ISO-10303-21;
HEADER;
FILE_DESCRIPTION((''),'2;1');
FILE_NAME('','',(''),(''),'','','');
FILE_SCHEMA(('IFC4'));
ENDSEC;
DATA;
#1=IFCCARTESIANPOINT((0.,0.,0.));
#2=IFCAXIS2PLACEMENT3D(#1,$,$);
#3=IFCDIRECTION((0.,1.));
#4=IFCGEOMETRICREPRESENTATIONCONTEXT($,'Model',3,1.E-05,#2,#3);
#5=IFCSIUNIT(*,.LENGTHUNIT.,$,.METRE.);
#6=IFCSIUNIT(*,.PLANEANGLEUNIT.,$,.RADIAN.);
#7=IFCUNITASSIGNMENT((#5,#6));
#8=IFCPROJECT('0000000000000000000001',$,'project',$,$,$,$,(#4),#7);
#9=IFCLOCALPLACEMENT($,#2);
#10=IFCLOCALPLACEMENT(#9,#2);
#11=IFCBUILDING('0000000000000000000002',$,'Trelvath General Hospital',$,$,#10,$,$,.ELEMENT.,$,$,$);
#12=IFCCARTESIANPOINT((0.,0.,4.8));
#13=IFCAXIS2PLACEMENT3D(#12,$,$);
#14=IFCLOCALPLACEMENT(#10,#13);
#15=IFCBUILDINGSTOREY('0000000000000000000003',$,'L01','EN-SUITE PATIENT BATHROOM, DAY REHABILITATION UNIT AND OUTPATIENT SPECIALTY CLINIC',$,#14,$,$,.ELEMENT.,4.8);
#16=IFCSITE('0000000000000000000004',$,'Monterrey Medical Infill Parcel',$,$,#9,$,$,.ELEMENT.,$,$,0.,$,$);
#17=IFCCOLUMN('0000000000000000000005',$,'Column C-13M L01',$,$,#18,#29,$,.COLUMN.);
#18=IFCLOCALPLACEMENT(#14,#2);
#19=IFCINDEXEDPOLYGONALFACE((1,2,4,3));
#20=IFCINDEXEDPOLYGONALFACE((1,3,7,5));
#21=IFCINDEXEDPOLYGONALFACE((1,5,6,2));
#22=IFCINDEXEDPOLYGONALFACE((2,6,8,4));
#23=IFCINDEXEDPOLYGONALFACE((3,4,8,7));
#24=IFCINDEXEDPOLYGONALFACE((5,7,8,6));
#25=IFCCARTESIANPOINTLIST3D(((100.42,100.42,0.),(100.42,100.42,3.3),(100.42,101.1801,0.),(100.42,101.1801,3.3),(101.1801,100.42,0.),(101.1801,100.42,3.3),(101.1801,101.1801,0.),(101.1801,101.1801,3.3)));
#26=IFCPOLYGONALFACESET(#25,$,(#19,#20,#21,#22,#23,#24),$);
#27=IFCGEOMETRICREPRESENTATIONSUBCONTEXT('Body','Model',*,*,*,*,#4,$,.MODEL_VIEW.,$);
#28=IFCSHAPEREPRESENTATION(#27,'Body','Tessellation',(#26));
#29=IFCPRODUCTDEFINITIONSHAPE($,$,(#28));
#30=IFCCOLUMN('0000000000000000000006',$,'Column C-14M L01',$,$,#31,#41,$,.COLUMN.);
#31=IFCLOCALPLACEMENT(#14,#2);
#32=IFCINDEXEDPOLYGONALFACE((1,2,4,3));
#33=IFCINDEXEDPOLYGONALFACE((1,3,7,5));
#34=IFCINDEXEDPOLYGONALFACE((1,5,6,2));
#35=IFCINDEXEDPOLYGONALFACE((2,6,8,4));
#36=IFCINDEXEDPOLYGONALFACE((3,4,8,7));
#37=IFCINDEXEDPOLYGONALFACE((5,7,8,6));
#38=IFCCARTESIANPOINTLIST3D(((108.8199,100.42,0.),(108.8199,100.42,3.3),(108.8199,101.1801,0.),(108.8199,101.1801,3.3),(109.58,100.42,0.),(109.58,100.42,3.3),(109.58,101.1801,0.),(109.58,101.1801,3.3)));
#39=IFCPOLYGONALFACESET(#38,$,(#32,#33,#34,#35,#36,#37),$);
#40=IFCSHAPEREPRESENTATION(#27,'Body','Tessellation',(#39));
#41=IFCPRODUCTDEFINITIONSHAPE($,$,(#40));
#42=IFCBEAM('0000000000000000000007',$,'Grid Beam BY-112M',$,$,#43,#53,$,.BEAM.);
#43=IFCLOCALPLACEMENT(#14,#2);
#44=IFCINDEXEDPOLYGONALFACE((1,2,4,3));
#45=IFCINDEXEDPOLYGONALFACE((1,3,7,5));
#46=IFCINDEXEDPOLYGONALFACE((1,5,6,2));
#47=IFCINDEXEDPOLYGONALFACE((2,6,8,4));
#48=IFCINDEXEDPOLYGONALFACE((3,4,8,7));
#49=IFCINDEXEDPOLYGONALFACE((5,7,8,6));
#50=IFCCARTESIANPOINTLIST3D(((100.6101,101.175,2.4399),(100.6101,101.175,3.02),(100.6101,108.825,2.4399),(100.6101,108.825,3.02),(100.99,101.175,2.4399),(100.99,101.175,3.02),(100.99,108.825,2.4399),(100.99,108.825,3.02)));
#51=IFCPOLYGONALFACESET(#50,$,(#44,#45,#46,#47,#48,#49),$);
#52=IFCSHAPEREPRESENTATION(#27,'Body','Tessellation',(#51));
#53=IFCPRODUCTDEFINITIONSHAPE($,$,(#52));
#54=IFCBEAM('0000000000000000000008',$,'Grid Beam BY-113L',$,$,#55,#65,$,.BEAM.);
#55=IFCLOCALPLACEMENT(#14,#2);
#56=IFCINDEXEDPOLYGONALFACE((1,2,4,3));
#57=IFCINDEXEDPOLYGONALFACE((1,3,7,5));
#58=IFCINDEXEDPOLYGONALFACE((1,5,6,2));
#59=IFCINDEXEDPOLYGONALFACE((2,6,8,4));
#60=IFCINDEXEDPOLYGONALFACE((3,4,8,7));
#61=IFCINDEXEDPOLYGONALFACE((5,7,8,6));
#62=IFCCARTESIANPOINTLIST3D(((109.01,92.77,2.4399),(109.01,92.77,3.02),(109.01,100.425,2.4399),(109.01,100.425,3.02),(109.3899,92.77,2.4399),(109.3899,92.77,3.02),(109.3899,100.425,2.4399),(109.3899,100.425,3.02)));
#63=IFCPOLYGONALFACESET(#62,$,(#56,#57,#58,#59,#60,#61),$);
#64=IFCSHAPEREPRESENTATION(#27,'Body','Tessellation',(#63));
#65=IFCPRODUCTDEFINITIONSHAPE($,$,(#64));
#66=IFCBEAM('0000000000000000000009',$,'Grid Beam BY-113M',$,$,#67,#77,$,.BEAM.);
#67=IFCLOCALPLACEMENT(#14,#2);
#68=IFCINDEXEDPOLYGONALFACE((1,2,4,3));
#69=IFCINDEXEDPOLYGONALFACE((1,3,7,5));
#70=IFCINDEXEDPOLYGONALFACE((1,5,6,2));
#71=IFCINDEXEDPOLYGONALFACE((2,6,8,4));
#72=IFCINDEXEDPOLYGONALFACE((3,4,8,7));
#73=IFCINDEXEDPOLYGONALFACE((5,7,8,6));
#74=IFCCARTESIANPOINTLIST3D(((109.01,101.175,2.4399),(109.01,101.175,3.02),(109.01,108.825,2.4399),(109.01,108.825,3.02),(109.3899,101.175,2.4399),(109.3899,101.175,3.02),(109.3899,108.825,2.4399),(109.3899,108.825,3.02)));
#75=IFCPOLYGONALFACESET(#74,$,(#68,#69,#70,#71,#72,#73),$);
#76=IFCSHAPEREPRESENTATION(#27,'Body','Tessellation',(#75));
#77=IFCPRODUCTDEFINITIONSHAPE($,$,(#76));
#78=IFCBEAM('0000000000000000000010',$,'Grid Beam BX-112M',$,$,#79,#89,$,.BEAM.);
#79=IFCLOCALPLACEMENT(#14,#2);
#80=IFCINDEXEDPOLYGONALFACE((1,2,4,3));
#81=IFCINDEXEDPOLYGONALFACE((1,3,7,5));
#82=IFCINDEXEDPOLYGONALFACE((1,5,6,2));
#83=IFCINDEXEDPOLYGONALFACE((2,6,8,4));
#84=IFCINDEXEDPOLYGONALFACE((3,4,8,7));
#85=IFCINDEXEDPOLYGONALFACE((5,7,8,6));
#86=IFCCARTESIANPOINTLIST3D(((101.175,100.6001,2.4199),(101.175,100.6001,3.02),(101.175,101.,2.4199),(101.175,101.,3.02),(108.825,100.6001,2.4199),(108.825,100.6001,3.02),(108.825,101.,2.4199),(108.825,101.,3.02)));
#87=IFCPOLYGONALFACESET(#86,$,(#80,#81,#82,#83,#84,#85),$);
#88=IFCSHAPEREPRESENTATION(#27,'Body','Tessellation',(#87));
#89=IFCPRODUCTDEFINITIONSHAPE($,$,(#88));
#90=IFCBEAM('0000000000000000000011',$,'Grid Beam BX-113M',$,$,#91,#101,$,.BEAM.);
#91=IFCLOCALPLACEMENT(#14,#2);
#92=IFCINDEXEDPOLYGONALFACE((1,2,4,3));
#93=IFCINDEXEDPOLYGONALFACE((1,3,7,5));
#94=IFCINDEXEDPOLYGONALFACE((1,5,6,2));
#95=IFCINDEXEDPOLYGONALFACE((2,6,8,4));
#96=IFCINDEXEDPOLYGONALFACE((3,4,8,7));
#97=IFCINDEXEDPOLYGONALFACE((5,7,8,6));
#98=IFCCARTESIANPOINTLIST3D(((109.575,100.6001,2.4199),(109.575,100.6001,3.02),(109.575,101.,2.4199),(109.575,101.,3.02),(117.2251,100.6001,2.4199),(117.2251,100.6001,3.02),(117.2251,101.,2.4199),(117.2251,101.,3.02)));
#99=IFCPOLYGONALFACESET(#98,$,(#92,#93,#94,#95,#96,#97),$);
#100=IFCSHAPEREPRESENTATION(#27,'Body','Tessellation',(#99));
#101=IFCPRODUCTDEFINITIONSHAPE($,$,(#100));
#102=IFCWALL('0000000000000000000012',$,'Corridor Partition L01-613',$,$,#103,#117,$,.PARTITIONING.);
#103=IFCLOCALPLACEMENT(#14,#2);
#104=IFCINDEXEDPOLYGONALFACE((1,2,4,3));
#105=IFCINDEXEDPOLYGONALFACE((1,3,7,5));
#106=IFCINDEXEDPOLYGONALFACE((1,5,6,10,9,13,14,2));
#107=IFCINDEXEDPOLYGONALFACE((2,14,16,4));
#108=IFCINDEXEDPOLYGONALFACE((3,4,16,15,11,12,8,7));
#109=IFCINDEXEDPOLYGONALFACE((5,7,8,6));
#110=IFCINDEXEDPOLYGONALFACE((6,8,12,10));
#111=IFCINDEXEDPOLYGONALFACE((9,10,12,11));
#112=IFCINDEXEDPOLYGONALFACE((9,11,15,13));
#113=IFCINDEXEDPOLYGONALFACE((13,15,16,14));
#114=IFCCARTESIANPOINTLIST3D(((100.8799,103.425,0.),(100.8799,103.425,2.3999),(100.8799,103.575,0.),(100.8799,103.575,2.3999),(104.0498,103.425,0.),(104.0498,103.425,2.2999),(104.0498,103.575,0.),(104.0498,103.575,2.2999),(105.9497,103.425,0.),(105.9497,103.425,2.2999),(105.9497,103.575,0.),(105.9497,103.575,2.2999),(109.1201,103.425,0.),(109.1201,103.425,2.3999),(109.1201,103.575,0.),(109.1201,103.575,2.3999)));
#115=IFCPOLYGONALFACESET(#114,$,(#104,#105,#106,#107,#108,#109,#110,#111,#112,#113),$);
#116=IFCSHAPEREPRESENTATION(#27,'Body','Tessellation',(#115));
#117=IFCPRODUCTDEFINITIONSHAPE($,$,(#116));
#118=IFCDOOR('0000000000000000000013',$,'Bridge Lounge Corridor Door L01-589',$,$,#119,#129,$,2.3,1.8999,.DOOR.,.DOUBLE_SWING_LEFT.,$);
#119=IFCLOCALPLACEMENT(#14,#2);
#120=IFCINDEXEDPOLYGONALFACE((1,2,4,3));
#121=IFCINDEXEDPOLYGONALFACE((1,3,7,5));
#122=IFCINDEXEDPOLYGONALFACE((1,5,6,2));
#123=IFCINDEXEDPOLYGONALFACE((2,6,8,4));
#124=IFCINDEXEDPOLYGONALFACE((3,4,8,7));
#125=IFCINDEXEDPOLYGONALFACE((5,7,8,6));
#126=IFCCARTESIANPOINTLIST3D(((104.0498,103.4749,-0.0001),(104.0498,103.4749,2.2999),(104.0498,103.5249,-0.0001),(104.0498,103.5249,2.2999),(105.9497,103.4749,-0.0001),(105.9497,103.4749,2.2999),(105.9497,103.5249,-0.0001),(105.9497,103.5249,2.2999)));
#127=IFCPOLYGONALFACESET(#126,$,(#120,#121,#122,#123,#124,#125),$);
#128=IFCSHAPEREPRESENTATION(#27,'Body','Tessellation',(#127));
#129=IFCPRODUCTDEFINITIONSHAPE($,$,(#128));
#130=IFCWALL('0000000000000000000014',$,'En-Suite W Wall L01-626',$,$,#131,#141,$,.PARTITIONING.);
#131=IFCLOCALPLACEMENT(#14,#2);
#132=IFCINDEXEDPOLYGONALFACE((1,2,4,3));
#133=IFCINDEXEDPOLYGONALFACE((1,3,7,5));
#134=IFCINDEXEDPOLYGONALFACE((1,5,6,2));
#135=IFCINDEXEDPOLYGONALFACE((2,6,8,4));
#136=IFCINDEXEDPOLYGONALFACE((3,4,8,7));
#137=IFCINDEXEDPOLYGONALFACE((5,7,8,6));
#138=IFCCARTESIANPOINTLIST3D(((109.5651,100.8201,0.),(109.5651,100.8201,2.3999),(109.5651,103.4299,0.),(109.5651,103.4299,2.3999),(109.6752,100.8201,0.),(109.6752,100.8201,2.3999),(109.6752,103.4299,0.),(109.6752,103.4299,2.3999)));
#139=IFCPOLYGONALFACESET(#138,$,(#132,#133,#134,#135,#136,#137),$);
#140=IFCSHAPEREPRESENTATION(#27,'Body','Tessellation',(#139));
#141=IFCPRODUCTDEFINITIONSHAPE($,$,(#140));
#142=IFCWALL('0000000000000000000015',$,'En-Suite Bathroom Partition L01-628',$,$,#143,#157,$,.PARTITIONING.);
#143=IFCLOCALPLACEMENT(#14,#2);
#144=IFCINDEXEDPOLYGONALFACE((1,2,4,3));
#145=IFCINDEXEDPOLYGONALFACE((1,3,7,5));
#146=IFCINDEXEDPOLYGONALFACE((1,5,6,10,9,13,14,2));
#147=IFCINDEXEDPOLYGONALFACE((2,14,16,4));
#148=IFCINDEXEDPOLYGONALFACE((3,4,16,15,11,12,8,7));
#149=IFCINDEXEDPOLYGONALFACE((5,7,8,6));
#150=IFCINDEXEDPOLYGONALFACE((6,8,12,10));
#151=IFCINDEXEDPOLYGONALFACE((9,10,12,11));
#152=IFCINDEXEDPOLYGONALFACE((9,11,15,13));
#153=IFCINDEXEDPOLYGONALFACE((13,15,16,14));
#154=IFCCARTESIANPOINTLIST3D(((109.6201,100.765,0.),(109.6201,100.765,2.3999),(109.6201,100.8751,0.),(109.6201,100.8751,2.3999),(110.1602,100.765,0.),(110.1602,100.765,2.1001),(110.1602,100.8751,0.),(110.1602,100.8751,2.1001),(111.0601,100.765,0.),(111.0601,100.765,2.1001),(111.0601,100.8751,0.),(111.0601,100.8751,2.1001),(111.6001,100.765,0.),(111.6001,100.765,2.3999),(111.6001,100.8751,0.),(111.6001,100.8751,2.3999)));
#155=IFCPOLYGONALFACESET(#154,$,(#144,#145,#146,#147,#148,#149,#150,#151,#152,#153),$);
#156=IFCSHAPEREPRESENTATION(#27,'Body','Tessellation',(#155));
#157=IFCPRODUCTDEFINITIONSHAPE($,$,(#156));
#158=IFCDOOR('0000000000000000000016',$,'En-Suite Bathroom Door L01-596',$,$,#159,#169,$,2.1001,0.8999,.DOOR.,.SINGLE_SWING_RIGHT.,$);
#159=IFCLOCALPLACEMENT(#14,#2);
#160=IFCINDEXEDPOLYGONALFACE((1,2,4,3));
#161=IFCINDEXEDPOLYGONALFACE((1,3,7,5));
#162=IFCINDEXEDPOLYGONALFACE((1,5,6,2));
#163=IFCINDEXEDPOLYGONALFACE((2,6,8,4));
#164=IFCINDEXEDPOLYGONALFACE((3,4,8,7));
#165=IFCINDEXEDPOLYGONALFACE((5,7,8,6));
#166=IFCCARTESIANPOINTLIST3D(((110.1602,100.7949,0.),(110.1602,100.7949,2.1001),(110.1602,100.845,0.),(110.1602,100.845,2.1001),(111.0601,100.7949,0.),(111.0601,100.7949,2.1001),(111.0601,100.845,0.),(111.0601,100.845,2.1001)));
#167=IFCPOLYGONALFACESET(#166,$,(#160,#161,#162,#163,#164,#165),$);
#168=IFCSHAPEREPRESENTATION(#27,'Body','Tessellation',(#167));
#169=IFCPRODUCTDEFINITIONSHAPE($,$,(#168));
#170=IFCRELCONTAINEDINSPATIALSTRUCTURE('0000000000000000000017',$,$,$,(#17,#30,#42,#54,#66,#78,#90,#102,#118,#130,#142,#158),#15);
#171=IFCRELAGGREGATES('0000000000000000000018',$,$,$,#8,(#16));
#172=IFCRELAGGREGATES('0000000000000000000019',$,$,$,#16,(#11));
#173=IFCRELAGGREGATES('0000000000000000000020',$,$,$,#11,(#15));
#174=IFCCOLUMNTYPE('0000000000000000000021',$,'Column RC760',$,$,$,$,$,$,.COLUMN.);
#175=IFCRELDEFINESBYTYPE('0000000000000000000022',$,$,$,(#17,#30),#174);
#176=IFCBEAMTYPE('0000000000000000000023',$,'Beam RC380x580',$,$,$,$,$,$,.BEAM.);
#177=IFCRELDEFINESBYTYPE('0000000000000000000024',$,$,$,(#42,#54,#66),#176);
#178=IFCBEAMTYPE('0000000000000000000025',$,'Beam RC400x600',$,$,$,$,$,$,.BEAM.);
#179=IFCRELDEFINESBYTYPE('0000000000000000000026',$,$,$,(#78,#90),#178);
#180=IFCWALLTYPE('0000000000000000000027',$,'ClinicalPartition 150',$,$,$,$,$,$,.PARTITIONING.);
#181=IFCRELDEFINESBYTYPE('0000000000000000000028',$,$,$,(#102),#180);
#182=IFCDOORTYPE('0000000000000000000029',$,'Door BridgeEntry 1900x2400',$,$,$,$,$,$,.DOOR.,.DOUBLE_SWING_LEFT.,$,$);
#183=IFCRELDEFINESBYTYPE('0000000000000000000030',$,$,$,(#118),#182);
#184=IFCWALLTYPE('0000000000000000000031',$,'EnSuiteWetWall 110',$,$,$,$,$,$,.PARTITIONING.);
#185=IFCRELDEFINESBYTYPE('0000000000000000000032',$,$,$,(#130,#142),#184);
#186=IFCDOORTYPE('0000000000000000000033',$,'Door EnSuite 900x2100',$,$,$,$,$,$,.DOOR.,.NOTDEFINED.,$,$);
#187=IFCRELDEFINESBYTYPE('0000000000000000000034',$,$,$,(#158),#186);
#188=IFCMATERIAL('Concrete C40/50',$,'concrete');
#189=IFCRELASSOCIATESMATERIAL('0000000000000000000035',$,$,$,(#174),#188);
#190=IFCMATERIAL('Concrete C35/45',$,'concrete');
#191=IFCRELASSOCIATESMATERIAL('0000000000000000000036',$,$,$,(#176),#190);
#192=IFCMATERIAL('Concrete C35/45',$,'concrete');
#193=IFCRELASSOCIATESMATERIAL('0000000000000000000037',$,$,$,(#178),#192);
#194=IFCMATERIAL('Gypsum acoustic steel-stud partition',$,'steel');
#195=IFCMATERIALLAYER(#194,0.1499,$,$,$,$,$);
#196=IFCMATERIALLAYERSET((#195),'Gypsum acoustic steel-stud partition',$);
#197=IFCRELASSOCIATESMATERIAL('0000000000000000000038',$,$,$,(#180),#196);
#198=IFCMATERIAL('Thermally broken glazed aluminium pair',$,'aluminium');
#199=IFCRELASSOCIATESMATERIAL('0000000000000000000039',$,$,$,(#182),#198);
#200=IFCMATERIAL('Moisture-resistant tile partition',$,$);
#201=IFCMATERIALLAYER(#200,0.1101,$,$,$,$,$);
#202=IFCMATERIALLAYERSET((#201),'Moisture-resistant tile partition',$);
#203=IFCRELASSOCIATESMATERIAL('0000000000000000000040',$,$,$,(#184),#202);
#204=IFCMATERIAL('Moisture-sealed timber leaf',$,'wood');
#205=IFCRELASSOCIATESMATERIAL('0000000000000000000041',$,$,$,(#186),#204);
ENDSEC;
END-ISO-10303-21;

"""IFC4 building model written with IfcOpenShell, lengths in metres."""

from ifc_helpers import new_model, si_unit, direction, frame, frame_2d, origin, origin_2d, place, context, subcontext, project, spatial, rectangle, extrude, material, layer, layer_set, material_profile, profile_set, type_object, element, fill, save


model = new_model("IFC4")

# Units and contexts
model_context = context("Model", 3, precision=1e-05, world=origin(), true_north=direction((0.0, 1.0)))
body_context = subcontext(model_context, "Body", "Model", "MODEL_VIEW")
ifc_project = project(units=[si_unit("LENGTHUNIT", "METRE"), si_unit("PLANEANGLEUNIT", "RADIAN")], contexts=[model_context])

# Site, building, storey
site_placement = place(None, origin())
site = spatial("IfcSite", under=ifc_project, at=site_placement, Name="Monterrey Medical Infill Parcel", CompositionType="ELEMENT", RefElevation=0.0)
building_placement = place(site_placement, origin())
building = spatial("IfcBuilding", under=site, at=building_placement, Name="Trelvath General Hospital", CompositionType="ELEMENT")
storey_placement = place(building_placement, frame((0.0, 0.0, 4.8)))
storey = spatial("IfcBuildingStorey", under=building, at=storey_placement, Name="L01", Description="EN-SUITE PATIENT BATHROOM, DAY REHABILITATION UNIT AND OUTPATIENT SPECIALTY CLINIC", CompositionType="ELEMENT", Elevation=4.8)

# Columns
ifc_material_1 = material(Name="Concrete C40/50", Category="concrete")
ifc_material_profile_1 = material_profile(ifc_material_1, rectangle(XDim=0.76, YDim=0.76, at=origin_2d()), Name="RC760x760")
ifc_profile_set_1 = profile_set([ifc_material_profile_1], Name="Concrete C40/50")
column_type = type_object("IfcColumnType", Name="Column RC760", PredefinedType="COLUMN", material=ifc_profile_set_1)
for number, where, z_axis, x_axis, name in (
    (1, (100.8, 100.8, 0.0), (0.0, 0.0, 1.0), (1.0, 0.0, 0.0), "Column C-13M L01"),
    (2, (109.2, 100.8, 0.0), (0.0, 0.0, 1.0), (1.0, 0.0, 0.0), "Column C-14M L01"),
):
    element("IfcColumn", number, at=place(storey_placement, frame(where, z_axis=z_axis, x_axis=x_axis)), inside=storey, type_object=column_type, Name=name, PredefinedType="COLUMN", context=body_context, shape_type="SweptSolid", body=[
        extrude(rectangle(XDim=0.76, YDim=0.76, at=origin_2d()), origin(), (0.0, 0.0, 1.0), 3.3),
    ])

# Beams
ifc_material_2 = material(Name="Concrete C35/45", Category="concrete")
ifc_material_profile_2 = material_profile(ifc_material_2, rectangle(XDim=0.3799, YDim=0.5801, at=origin_2d()), Name="RCB380x580")
ifc_profile_set_2 = profile_set([ifc_material_profile_2], Name="Concrete C35/45")
beam_type_1 = type_object("IfcBeamType", Name="Beam RC380x580", PredefinedType="BEAM", material=ifc_profile_set_2)
beam_1_placement = place(storey_placement, frame((100.8, 101.175, 2.73), z_axis=(0.0, 1.0, 0.0), x_axis=(-1.0, 0.0, 0.0)))
element("IfcBeam", 3, at=beam_1_placement, inside=storey, type_object=beam_type_1, Name="Grid Beam BY-112M", PredefinedType="BEAM", context=body_context, shape_type="SweptSolid", body=[
    extrude(rectangle(XDim=0.3799, YDim=0.5801, at=origin_2d()), origin(), (0.0, 0.0, 1.0), 7.6499),
])
beam_2_placement = place(storey_placement, frame((109.2, 92.77, 2.73), z_axis=(0.0, 1.0, 0.0), x_axis=(-1.0, 0.0, 0.0)))
element("IfcBeam", 4, at=beam_2_placement, inside=storey, type_object=beam_type_1, Name="Grid Beam BY-113L", PredefinedType="BEAM", context=body_context, shape_type="SweptSolid", body=[
    extrude(rectangle(XDim=0.3799, YDim=0.5801, at=origin_2d()), origin(), (0.0, 0.0, 1.0), 7.655),
])
beam_3_placement = place(storey_placement, frame((109.2, 101.175, 2.73), z_axis=(0.0, 1.0, 0.0), x_axis=(-1.0, 0.0, 0.0)))
element("IfcBeam", 5, at=beam_3_placement, inside=storey, type_object=beam_type_1, Name="Grid Beam BY-113M", PredefinedType="BEAM", context=body_context, shape_type="SweptSolid", body=[
    extrude(rectangle(XDim=0.3799, YDim=0.5801, at=origin_2d()), origin(), (0.0, 0.0, 1.0), 7.6499),
])
ifc_material_3 = material(Name="Concrete C35/45", Category="concrete")
ifc_material_profile_3 = material_profile(ifc_material_3, rectangle(XDim=0.3999, YDim=0.6001, at=origin_2d()), Name="RCB400x600")
ifc_profile_set_3 = profile_set([ifc_material_profile_3], Name="Concrete C35/45")
beam_type_2 = type_object("IfcBeamType", Name="Beam RC400x600", PredefinedType="BEAM", material=ifc_profile_set_3)
beam_4_placement = place(storey_placement, frame((101.175, 100.8, 2.72), z_axis=(1.0, 0.0, 0.0), x_axis=(0.0, 1.0, 0.0)))
element("IfcBeam", 6, at=beam_4_placement, inside=storey, type_object=beam_type_2, Name="Grid Beam BX-112M", PredefinedType="BEAM", context=body_context, shape_type="SweptSolid", body=[
    extrude(rectangle(XDim=0.3999, YDim=0.6001, at=origin_2d()), origin(), (0.0, 0.0, 1.0), 7.6499),
])
beam_5_placement = place(storey_placement, frame((109.575, 100.8, 2.72), z_axis=(1.0, 0.0, 0.0), x_axis=(0.0, 1.0, 0.0)))
element("IfcBeam", 7, at=beam_5_placement, inside=storey, type_object=beam_type_2, Name="Grid Beam BX-113M", PredefinedType="BEAM", context=body_context, shape_type="SweptSolid", body=[
    extrude(rectangle(XDim=0.3999, YDim=0.6001, at=origin_2d()), origin(), (0.0, 0.0, 1.0), 7.6501),
])

# Wall, opening, door
ifc_material_4 = material(Name="Gypsum acoustic steel-stud partition", Category="steel")
ifc_layer_1 = layer(ifc_material_4, 0.1499)
ifc_layer_set_1 = layer_set([ifc_layer_1], Name="Gypsum acoustic steel-stud partition")
wall_type_1 = type_object("IfcWallType", Name="ClinicalPartition 150", PredefinedType="PARTITIONING", material=ifc_layer_set_1)
wall_1_placement = place(storey_placement, frame((100.8799, 103.5, 0.0), z_axis=(0.0, 0.0, 1.0), x_axis=(1.0, 0.0, 0.0)))
wall_1 = element("IfcWall", 8, at=wall_1_placement, inside=storey, type_object=wall_type_1, Name="Corridor Partition L01-613", PredefinedType="PARTITIONING", context=body_context, shape_type="SweptSolid", body=[
    extrude(rectangle(XDim=8.2402, YDim=0.1499, at=frame_2d((4.1201, 0.0))), origin(), (0.0, 0.0, 1.0), 2.3999),
])
opening_1_placement = place(wall_1_placement, frame((3.1699, 0.0, 0.0)))
opening_1 = element("IfcOpeningElement", 9, at=opening_1_placement, cuts=wall_1, PredefinedType="OPENING", context=body_context, shape_type="SweptSolid", body=[
    extrude(rectangle(XDim=1.8999, YDim=2.3, at=frame_2d((0.95, 1.1499))), frame((0.0, 0.085, 0.0), z_axis=(0.0, -1.0, 0.0), x_axis=(1.0, 0.0, 0.0)), (0.0, 0.0, 1.0), 0.1699),
])
ifc_material_5 = material(Name="Thermally broken glazed aluminium pair", Category="aluminium")
door_type_1 = type_object("IfcDoorType", Name="Door BridgeEntry 1900x2400", OperationType="DOUBLE_SWING_LEFT", PredefinedType="DOOR", material=ifc_material_5)
door_1_placement = place(opening_1_placement, origin())
door_1 = element("IfcDoor", 10, at=door_1_placement, inside=storey, type_object=door_type_1, Name="Bridge Lounge Corridor Door L01-589", OperationType="DOUBLE_SWING_LEFT", OverallHeight=2.3, OverallWidth=1.8999, PredefinedType="DOOR", context=body_context, shape_type="SweptSolid", body=[
    extrude(rectangle(XDim=1.8999, YDim=2.3, at=frame_2d((0.95, 1.1499))), frame((0.0, 0.0249, 0.0), z_axis=(0.0, -1.0, 0.0), x_axis=(1.0, 0.0, 0.0)), (0.0, 0.0, 1.0), 0.05),
])
fill(opening_1, door_1)

# Wall
ifc_material_6 = material(Name="Moisture-resistant tile partition")
ifc_layer_2 = layer(ifc_material_6, 0.1101)
ifc_layer_set_2 = layer_set([ifc_layer_2], Name="Moisture-resistant tile partition")
wall_type_2 = type_object("IfcWallType", Name="EnSuiteWetWall 110", PredefinedType="PARTITIONING", material=ifc_layer_set_2)
wall_2_placement = place(storey_placement, frame((109.6201, 100.8201, 0.0), z_axis=(0.0, 0.0, 1.0), x_axis=(0.0, 1.0, 0.0)))
element("IfcWall", 11, at=wall_2_placement, inside=storey, type_object=wall_type_2, Name="En-Suite W Wall L01-626", PredefinedType="PARTITIONING", context=body_context, shape_type="SweptSolid", body=[
    extrude(rectangle(XDim=2.6099, YDim=0.1101, at=frame_2d((1.3049, 0.0))), origin(), (0.0, 0.0, 1.0), 2.3999),
])

# Wall, opening, door
wall_3_placement = place(storey_placement, frame((109.6201, 100.8201, 0.0), z_axis=(0.0, 0.0, 1.0), x_axis=(1.0, 0.0, 0.0)))
wall_3 = element("IfcWall", 12, at=wall_3_placement, inside=storey, type_object=wall_type_2, Name="En-Suite Bathroom Partition L01-628", PredefinedType="PARTITIONING", context=body_context, shape_type="SweptSolid", body=[
    extrude(rectangle(XDim=1.98, YDim=0.1101, at=frame_2d((0.99, 0.0))), origin(), (0.0, 0.0, 1.0), 2.3999),
])
opening_2_placement = place(wall_3_placement, frame((0.54, 0.0, 0.0)))
opening_2 = element("IfcOpeningElement", 13, at=opening_2_placement, cuts=wall_3, PredefinedType="OPENING", context=body_context, shape_type="SweptSolid", body=[
    extrude(rectangle(XDim=0.8999, YDim=2.1001, at=frame_2d((0.45, 1.05))), frame((0.0, 0.0649, 0.0), z_axis=(0.0, -1.0, 0.0), x_axis=(1.0, 0.0, 0.0)), (0.0, 0.0, 1.0), 0.1301),
])
ifc_material_7 = material(Name="Moisture-sealed timber leaf", Category="wood")
door_type_2 = type_object("IfcDoorType", Name="Door EnSuite 900x2100", OperationType="NOTDEFINED", PredefinedType="DOOR", material=ifc_material_7)
door_2_placement = place(opening_2_placement, origin())
door_2 = element("IfcDoor", 14, at=door_2_placement, inside=storey, type_object=door_type_2, Name="En-Suite Bathroom Door L01-596", OperationType="SINGLE_SWING_RIGHT", OverallHeight=2.1001, OverallWidth=0.8999, PredefinedType="DOOR", context=body_context, shape_type="SweptSolid", body=[
    extrude(rectangle(XDim=0.8999, YDim=2.1001, at=frame_2d((0.45, 1.05))), frame((0.0, 0.0249, 0.0), z_axis=(0.0, -1.0, 0.0), x_axis=(1.0, 0.0, 0.0)), (0.0, 0.0, 1.0), 0.05),
])
fill(opening_2, door_2)

save(model, "model.ifc")
